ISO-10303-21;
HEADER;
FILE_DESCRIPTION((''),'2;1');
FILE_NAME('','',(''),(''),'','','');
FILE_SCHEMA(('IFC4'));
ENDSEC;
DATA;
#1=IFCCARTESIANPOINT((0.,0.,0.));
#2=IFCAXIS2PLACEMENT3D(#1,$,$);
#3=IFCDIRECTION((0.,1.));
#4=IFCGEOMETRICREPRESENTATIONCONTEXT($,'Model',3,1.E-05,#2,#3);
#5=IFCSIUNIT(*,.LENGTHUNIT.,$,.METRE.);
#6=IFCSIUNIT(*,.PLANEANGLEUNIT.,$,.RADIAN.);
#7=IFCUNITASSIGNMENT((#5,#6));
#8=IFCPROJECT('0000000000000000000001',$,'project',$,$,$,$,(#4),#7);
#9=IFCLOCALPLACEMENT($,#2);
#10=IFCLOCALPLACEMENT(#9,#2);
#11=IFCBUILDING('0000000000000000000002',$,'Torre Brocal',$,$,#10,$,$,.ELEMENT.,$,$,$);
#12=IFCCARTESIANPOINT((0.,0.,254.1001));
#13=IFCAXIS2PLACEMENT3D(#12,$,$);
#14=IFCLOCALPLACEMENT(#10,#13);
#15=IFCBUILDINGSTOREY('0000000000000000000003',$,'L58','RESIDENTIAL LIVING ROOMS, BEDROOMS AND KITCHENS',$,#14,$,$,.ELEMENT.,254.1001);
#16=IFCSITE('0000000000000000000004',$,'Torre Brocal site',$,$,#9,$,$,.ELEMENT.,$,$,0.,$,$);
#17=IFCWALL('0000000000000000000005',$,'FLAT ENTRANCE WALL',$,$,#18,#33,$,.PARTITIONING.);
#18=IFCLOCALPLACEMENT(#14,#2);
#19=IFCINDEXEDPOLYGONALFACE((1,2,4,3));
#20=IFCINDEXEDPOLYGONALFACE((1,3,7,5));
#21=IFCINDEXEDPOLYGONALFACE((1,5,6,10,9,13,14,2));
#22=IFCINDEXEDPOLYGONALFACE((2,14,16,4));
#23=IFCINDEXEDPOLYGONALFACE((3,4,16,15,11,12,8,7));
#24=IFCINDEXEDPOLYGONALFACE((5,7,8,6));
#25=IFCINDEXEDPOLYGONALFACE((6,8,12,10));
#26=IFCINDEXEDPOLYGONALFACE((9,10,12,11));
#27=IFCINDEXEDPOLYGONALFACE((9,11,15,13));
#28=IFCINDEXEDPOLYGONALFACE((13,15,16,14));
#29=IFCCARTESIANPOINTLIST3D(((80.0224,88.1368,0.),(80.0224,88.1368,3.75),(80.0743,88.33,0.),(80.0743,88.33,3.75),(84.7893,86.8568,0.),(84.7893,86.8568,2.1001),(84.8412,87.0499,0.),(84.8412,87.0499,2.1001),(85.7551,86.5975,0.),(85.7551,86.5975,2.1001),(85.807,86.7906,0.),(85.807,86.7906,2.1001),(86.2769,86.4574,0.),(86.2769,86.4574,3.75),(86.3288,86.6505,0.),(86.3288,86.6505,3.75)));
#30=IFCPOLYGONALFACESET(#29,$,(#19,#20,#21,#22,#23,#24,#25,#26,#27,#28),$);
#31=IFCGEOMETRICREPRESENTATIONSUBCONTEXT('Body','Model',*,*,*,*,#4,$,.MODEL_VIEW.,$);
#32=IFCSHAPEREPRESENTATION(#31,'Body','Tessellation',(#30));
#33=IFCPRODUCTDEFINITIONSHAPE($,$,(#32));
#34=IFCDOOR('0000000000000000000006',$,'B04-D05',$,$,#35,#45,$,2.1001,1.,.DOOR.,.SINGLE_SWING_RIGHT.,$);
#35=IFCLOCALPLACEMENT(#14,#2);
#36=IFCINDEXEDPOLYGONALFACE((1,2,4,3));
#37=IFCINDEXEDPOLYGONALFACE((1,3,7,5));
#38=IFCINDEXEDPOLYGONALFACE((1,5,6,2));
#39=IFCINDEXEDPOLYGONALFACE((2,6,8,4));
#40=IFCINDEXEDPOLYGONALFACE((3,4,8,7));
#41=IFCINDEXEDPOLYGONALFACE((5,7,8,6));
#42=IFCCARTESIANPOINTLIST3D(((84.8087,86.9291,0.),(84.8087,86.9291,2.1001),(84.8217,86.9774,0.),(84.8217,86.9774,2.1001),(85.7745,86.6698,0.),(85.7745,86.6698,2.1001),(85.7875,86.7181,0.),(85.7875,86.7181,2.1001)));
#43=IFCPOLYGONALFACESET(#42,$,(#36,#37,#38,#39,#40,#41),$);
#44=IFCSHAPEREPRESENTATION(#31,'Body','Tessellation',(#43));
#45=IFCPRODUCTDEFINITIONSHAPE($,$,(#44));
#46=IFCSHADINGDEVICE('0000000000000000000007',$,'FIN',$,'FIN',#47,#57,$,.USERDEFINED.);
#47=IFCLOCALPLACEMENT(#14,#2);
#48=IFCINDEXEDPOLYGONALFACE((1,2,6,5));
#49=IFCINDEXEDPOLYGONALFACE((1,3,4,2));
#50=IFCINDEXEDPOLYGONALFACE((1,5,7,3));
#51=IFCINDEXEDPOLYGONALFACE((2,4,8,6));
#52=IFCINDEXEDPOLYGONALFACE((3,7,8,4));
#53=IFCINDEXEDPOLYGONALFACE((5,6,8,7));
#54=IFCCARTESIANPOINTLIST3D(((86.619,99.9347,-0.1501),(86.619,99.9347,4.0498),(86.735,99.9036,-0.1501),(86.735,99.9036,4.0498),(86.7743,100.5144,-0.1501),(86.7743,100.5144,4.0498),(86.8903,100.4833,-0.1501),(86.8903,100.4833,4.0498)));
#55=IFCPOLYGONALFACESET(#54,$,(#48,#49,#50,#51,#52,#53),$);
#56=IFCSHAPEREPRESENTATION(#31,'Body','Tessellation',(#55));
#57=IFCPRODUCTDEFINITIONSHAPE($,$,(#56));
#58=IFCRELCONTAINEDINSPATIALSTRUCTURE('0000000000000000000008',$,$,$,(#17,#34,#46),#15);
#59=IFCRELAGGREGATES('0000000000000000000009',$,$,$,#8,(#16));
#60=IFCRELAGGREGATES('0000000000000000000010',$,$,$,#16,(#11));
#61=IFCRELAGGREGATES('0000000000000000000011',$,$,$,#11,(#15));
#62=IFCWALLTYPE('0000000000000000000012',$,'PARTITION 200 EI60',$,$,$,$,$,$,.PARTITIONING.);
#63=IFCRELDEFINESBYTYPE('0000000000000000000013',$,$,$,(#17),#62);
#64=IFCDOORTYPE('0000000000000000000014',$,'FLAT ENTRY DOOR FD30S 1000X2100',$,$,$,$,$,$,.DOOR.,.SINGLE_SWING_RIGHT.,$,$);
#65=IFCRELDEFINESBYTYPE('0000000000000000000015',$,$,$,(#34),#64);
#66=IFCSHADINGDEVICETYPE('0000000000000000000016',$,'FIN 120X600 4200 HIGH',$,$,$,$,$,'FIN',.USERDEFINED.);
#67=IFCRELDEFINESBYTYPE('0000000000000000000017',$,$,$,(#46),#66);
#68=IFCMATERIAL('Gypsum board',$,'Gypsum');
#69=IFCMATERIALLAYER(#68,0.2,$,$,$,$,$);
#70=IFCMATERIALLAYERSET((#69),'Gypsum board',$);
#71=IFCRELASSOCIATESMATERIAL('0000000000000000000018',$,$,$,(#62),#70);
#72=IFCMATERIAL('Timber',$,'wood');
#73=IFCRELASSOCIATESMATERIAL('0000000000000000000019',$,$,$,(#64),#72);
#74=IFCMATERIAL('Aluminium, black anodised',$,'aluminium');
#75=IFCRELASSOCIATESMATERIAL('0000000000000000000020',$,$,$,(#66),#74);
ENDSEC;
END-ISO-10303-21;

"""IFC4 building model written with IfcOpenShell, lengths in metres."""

from ifc_helpers import new_model, si_unit, direction, frame, frame_2d, origin, origin_2d, place, context, subcontext, project, spatial, rectangle, extrude, material, layer, layer_set, material_profile, profile_set, type_object, element, fill, save


model = new_model("IFC4")

# Units and contexts
model_context = context("Model", 3, precision=1e-05, world=origin(), true_north=direction((0.0, 1.0)))
body_context = subcontext(model_context, "Body", "Model", "MODEL_VIEW")
ifc_project = project(units=[si_unit("LENGTHUNIT", "METRE"), si_unit("PLANEANGLEUNIT", "RADIAN")], contexts=[model_context])

# Site, building, storey
site_placement = place(None, origin())
site = spatial("IfcSite", under=ifc_project, at=site_placement, Name="Torre Brocal site", CompositionType="ELEMENT", RefElevation=0.0)
building_placement = place(site_placement, origin())
building = spatial("IfcBuilding", under=site, at=building_placement, Name="Torre Brocal", CompositionType="ELEMENT")
storey_placement = place(building_placement, frame((0.0, 0.0, 254.1001)))
storey = spatial("IfcBuildingStorey", under=building, at=storey_placement, Name="L58", Description="RESIDENTIAL LIVING ROOMS, BEDROOMS AND KITCHENS", CompositionType="ELEMENT", Elevation=254.1001)

# Wall, opening, door
ifc_material_1 = material(Name="Gypsum board", Category="Gypsum")
ifc_layer_1 = layer(ifc_material_1, 0.2)
ifc_layer_set_1 = layer_set([ifc_layer_1], Name="Gypsum board")
wall_type_1 = type_object("IfcWallType", Name="PARTITION 200 EI60", PredefinedType="PARTITIONING", material=ifc_layer_set_1)
wall_1_placement = place(storey_placement, frame((80.0483, 88.2334, 0.0), z_axis=(0.0, 0.0, 1.0), x_axis=(0.965787, -0.259335, 0.0)))
wall_1 = element("IfcWall", 1, at=wall_1_placement, inside=storey, type_object=wall_type_1, Name="FLAT ENTRANCE WALL", PredefinedType="PARTITIONING", context=body_context, shape_type="SweptSolid", body=[
    extrude(rectangle(XDim=6.4761, YDim=0.2, at=frame_2d((3.238, 0.0))), origin(), (0.0, 0.0, 1.0), 3.75),
])
opening_1_placement = place(wall_1_placement, frame((4.9358, 0.0, 0.0)))
opening_1 = element("IfcOpeningElement", 2, at=opening_1_placement, cuts=wall_1, PredefinedType="OPENING", context=body_context, shape_type="SweptSolid", body=[
    extrude(rectangle(XDim=1.0, YDim=2.1001, at=frame_2d((0.5, 1.05))), frame((0.0, 0.1099, 0.0), z_axis=(0.0, -1.0, 0.0), x_axis=(1.0, 0.0, 0.0)), (0.0, 0.0, 1.0), 0.22),
])
ifc_material_2 = material(Name="Timber", Category="wood")
door_type_1 = type_object("IfcDoorType", Name="FLAT ENTRY DOOR FD30S 1000X2100", OperationType="SINGLE_SWING_RIGHT", PredefinedType="DOOR", material=ifc_material_2)
door_1_placement = place(opening_1_placement, origin())
door_1 = element("IfcDoor", 3, at=door_1_placement, inside=storey, type_object=door_type_1, Name="B04-D05", OperationType="SINGLE_SWING_RIGHT", OverallHeight=2.1001, OverallWidth=1.0, PredefinedType="DOOR", context=body_context, shape_type="SweptSolid", body=[
    extrude(rectangle(XDim=1.0, YDim=2.1001, at=frame_2d((0.5, 1.05))), frame((0.0, 0.0249, 0.0), z_axis=(0.0, -1.0, 0.0), x_axis=(1.0, 0.0, 0.0)), (0.0, 0.0, 1.0), 0.05),
])
fill(opening_1, door_1)

# Shading device
ifc_material_3 = material(Name="Aluminium, black anodised", Category="aluminium")
ifc_material_profile_1 = material_profile(ifc_material_3, rectangle(XDim=0.1201, YDim=0.6001, at=origin_2d()), Name="FIN 120X600 4200 HIGH")
ifc_profile_set_1 = profile_set([ifc_material_profile_1], Name="Aluminium, black anodised")
shading_device_type = type_object("IfcShadingDeviceType", Name="FIN 120X600 4200 HIGH", ElementType="FIN", PredefinedType="USERDEFINED", material=ifc_profile_set_1)
shading_device_placement = place(storey_placement, frame((86.7546, 100.209, -0.1501), z_axis=(0.0, 0.0, 1.0), x_axis=(-0.965926, 0.258819, 0.0)))
element("IfcShadingDevice", 4, at=shading_device_placement, inside=storey, type_object=shading_device_type, Name="FIN", ObjectType="FIN", PredefinedType="USERDEFINED", context=body_context, shape_type="SweptSolid", body=[
    extrude(rectangle(XDim=0.1201, YDim=0.6001, at=origin_2d()), origin(), (0.0, 0.0, 1.0), 4.2),
])

save(model, "model.ifc")
